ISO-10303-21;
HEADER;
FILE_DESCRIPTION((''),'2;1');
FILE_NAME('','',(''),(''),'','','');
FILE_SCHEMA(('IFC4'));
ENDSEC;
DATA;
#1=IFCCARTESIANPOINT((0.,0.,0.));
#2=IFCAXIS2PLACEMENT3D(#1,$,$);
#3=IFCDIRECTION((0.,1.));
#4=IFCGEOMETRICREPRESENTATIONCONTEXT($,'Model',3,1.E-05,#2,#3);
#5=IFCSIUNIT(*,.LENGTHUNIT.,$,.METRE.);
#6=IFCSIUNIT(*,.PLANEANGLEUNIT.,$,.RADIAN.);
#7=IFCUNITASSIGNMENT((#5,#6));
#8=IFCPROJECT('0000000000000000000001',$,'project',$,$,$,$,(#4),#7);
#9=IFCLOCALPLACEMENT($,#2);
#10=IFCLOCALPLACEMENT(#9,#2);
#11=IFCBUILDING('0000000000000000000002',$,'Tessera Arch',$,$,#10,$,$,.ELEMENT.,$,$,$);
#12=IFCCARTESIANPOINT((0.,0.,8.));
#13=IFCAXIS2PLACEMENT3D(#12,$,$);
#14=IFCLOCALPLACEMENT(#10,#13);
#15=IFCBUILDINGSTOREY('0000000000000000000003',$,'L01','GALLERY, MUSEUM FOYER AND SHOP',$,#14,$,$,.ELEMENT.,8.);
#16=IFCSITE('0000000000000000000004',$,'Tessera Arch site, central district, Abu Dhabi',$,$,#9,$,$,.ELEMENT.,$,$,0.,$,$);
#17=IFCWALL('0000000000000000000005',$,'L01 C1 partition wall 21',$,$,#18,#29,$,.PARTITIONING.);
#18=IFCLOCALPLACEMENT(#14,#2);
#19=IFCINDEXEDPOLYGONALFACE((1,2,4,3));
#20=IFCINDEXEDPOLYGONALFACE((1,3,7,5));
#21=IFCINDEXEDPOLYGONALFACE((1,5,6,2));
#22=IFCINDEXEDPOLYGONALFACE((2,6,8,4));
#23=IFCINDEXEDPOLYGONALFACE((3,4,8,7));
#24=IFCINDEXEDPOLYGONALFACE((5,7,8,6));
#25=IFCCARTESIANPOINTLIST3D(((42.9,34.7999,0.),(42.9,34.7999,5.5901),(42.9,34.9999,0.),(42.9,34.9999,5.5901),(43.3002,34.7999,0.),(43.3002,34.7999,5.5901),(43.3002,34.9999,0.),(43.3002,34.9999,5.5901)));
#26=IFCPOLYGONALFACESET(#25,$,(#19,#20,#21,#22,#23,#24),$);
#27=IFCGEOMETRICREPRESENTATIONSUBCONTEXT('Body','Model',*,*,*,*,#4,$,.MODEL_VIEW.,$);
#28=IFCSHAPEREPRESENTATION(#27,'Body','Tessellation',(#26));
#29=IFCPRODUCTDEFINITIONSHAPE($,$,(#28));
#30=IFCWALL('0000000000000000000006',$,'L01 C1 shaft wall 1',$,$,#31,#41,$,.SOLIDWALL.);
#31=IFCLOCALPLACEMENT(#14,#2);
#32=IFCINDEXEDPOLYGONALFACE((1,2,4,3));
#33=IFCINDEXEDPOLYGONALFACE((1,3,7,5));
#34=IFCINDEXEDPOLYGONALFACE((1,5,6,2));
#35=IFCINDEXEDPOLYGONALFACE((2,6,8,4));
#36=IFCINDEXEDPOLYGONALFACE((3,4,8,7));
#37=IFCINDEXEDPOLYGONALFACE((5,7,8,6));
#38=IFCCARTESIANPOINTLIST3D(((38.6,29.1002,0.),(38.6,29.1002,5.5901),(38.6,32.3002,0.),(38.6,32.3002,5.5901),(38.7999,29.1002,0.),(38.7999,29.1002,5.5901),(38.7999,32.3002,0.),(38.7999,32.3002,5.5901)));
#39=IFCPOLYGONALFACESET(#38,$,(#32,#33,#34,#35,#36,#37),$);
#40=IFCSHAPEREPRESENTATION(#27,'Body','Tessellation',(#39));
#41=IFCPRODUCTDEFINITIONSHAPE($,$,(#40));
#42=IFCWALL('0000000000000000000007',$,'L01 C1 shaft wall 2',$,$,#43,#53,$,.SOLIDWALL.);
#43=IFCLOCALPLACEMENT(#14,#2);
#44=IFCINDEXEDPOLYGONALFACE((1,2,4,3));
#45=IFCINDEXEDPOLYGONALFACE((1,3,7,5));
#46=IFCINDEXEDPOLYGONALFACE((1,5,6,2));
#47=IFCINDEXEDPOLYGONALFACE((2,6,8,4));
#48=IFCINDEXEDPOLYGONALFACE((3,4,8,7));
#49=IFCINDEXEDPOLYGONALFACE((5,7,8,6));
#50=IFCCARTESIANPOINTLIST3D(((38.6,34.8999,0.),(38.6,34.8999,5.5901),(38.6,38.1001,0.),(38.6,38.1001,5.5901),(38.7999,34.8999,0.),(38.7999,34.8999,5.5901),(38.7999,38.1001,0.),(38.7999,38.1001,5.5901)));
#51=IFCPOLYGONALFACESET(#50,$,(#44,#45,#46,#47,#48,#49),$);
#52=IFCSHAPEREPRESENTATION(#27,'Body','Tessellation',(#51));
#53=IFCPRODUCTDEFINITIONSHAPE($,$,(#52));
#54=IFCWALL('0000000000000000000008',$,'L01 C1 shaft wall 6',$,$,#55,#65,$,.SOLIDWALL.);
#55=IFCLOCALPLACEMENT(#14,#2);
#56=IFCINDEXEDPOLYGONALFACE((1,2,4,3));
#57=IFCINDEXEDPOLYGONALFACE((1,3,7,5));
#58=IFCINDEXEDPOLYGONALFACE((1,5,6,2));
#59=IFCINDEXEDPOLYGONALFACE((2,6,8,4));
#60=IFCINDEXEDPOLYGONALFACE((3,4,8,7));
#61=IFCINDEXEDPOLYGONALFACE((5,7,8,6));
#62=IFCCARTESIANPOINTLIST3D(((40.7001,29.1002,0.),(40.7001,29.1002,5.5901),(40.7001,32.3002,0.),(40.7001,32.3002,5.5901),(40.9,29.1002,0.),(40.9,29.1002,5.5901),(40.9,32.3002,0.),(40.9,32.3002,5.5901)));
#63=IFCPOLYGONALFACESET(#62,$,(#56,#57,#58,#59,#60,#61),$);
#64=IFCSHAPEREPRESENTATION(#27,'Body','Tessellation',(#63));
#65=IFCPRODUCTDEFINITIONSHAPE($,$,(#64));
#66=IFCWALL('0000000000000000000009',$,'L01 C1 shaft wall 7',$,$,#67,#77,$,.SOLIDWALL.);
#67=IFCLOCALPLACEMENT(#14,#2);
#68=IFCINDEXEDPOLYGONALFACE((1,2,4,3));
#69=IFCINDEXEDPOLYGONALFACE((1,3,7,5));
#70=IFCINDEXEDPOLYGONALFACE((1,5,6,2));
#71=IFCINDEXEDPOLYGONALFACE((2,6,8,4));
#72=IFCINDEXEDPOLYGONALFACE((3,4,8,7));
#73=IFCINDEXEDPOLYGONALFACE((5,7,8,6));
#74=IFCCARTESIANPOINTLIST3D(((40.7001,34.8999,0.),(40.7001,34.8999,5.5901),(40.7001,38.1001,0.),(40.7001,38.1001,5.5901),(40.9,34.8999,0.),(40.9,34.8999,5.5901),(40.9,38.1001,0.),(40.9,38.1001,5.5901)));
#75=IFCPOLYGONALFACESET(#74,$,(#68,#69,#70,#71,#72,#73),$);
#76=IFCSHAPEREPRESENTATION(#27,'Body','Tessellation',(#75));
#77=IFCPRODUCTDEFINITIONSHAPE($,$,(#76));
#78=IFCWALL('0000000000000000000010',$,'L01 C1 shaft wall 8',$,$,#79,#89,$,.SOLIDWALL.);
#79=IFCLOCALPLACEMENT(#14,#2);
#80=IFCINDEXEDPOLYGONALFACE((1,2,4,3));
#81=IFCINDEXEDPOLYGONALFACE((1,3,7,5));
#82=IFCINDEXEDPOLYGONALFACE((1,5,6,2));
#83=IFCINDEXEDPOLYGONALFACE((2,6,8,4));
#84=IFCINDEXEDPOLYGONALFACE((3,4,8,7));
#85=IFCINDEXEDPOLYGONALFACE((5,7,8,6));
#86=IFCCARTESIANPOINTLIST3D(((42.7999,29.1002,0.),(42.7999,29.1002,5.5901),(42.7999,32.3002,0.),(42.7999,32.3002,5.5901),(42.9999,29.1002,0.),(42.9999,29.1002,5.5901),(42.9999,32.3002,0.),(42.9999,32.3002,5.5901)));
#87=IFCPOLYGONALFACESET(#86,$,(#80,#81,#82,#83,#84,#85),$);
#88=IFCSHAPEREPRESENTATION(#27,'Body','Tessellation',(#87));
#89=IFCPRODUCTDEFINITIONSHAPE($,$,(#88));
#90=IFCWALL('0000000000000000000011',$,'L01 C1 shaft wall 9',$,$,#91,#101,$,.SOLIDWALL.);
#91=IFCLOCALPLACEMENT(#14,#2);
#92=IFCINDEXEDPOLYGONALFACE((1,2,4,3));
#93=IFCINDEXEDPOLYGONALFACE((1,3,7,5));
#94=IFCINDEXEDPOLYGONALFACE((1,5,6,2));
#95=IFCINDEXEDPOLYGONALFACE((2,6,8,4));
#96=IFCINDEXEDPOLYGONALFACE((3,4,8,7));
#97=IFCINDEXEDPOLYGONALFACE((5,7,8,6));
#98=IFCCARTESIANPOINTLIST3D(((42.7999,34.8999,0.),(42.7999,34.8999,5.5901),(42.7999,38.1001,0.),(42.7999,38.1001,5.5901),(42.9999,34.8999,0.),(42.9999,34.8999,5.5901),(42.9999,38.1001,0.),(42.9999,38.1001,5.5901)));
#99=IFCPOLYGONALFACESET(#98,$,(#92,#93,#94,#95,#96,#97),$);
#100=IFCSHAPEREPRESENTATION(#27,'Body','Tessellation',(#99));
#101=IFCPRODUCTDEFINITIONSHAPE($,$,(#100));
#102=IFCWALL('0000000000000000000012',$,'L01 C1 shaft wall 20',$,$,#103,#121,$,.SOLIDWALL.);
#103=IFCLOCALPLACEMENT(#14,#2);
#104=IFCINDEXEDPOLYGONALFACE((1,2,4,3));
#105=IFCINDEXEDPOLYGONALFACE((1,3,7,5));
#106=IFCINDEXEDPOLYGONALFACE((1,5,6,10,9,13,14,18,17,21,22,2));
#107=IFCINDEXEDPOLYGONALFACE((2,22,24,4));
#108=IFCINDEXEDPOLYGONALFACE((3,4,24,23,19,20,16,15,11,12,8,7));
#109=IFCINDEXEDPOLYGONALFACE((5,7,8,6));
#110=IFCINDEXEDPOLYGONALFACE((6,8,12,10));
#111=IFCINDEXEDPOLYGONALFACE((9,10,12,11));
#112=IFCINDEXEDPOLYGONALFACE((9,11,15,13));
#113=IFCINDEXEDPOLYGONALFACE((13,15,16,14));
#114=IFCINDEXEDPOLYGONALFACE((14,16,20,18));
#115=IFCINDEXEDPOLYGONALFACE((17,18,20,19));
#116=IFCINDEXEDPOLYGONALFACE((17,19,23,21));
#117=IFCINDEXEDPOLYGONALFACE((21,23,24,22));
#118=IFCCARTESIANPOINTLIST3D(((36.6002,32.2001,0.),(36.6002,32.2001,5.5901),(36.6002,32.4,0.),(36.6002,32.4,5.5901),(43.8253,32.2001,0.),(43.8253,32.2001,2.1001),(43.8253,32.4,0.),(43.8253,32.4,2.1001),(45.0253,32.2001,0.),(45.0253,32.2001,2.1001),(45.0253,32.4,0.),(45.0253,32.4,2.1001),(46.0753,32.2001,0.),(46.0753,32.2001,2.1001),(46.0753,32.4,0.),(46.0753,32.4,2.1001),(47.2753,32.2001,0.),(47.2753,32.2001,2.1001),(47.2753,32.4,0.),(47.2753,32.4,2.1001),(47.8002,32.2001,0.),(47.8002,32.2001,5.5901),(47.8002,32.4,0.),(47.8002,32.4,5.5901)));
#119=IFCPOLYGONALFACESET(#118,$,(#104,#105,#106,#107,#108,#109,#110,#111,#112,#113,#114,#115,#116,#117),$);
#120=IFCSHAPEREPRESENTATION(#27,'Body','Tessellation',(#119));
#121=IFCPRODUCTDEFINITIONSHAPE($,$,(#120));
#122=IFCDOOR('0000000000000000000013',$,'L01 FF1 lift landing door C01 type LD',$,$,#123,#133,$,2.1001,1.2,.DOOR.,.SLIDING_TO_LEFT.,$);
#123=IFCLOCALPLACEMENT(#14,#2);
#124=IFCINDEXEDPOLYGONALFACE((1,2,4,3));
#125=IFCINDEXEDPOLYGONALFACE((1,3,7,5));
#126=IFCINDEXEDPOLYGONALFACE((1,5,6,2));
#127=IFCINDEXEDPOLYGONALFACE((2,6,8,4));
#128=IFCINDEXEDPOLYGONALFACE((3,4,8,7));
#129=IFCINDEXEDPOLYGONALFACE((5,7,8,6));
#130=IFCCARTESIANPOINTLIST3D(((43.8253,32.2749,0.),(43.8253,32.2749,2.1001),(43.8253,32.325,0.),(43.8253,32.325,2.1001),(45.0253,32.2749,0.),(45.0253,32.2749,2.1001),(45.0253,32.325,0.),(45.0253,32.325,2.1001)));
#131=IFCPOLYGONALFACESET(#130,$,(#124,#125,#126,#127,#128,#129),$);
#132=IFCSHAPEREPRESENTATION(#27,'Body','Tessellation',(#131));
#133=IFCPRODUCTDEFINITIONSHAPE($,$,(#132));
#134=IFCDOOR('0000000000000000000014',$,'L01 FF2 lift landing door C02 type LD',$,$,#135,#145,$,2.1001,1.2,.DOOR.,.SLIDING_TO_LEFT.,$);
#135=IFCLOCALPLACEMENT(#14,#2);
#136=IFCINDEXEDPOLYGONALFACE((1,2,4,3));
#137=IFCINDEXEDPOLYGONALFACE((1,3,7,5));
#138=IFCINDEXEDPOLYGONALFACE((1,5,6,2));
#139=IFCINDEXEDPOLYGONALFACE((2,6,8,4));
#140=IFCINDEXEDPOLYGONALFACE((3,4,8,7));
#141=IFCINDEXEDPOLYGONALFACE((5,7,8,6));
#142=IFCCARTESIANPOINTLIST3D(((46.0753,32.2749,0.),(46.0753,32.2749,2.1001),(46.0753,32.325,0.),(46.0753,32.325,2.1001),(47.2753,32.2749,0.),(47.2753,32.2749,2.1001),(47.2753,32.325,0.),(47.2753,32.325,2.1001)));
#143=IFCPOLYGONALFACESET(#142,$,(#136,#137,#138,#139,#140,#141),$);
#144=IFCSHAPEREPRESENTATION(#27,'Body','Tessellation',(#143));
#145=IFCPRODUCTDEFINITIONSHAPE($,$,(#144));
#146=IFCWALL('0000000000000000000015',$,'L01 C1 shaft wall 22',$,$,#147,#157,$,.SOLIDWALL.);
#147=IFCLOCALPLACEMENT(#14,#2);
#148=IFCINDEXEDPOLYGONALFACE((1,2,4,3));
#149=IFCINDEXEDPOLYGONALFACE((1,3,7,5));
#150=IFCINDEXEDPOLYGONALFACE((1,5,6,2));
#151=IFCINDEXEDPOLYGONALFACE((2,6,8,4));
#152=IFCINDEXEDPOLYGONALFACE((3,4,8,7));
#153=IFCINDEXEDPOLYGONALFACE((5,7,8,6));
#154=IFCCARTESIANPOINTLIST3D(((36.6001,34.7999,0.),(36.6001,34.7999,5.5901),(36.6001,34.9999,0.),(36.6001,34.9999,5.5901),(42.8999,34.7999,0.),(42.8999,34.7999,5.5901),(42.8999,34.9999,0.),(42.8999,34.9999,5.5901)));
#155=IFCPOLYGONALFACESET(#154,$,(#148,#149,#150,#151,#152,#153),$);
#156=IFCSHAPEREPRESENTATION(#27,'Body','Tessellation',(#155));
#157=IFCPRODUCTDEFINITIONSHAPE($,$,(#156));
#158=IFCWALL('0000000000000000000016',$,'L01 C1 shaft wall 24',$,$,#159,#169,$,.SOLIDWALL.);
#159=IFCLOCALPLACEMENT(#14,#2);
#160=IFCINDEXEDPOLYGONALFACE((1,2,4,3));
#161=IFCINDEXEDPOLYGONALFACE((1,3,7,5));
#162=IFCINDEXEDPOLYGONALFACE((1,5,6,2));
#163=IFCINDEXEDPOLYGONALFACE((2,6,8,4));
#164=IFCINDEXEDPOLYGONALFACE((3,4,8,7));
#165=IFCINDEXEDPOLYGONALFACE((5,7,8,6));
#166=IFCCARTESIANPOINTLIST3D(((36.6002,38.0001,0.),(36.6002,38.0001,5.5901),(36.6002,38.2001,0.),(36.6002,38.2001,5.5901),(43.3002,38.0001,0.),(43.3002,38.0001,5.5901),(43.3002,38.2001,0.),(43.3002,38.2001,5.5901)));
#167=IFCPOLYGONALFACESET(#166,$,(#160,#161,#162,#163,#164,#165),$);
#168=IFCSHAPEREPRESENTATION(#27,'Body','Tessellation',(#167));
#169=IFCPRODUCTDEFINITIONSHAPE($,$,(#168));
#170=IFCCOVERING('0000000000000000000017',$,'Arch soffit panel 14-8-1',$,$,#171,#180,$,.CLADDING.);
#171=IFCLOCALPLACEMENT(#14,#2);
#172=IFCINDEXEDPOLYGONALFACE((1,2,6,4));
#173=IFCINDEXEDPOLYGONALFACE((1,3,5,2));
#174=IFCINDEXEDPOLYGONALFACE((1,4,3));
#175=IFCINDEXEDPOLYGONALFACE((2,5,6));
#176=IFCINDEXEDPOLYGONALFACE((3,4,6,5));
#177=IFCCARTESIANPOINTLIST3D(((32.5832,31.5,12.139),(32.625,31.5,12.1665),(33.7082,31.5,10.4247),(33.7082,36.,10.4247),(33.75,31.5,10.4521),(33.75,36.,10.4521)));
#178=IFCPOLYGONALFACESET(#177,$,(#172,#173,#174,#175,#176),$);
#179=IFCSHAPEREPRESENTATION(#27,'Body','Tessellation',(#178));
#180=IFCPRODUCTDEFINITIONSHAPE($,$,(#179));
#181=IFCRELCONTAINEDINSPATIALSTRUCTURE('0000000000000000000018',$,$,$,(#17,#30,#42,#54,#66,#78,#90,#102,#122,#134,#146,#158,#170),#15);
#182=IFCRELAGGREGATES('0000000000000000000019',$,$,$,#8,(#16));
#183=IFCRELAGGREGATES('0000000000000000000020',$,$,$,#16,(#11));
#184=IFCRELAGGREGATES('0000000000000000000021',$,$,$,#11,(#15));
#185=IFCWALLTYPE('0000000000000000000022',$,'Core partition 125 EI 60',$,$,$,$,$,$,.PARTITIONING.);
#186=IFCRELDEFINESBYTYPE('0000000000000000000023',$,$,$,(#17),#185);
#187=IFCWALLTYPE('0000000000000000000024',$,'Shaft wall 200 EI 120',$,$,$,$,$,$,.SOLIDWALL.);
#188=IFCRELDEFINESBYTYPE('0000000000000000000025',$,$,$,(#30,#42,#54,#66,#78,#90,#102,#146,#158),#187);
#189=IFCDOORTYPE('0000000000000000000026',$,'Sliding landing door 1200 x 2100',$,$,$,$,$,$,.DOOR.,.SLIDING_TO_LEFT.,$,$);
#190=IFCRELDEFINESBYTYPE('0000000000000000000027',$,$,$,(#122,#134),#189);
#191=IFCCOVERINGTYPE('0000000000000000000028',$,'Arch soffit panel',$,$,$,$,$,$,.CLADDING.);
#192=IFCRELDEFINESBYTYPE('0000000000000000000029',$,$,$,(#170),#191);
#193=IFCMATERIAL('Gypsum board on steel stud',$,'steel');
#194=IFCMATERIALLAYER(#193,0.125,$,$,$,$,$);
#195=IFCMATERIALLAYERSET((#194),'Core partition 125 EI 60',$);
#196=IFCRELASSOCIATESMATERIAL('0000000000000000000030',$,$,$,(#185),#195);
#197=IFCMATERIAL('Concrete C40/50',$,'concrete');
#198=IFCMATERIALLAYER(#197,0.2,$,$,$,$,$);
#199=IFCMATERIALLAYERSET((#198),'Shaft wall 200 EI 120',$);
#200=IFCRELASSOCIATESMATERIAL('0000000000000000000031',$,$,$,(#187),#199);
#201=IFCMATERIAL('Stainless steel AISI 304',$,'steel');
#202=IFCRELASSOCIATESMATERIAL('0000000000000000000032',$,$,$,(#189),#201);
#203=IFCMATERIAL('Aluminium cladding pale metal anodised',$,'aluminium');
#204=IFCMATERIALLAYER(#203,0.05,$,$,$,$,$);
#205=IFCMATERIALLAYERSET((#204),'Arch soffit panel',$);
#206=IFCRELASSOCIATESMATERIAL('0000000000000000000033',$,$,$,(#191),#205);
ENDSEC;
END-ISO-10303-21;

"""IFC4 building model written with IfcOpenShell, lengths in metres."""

from ifc_helpers import new_model, si_unit, direction, frame, frame_2d, origin, place, context, subcontext, project, spatial, polyline, rectangle, outline, extrude, material, layer, layer_set, type_object, element, fill, save


model = new_model("IFC4")

# Units and contexts
model_context = context("Model", 3, precision=1e-05, world=origin(), true_north=direction((0.0, 1.0)))
body_context = subcontext(model_context, "Body", "Model", "MODEL_VIEW")
ifc_project = project(units=[si_unit("LENGTHUNIT", "METRE"), si_unit("PLANEANGLEUNIT", "RADIAN")], contexts=[model_context])

# Site, building, storey
site_placement = place(None, origin())
site = spatial("IfcSite", under=ifc_project, at=site_placement, Name="Tessera Arch site, central district, Abu Dhabi", CompositionType="ELEMENT", RefElevation=0.0)
building_placement = place(site_placement, origin())
building = spatial("IfcBuilding", under=site, at=building_placement, Name="Tessera Arch", CompositionType="ELEMENT")
storey_placement = place(building_placement, frame((0.0, 0.0, 8.0)))
storey = spatial("IfcBuildingStorey", under=building, at=storey_placement, Name="L01", Description="GALLERY, MUSEUM FOYER AND SHOP", CompositionType="ELEMENT", Elevation=8.0)

# Walls
ifc_material_1 = material(Name="Gypsum board on steel stud", Category="steel")
ifc_layer_1 = layer(ifc_material_1, 0.125)
ifc_layer_set_1 = layer_set([ifc_layer_1], Name="Core partition 125 EI 60")
wall_type_1 = type_object("IfcWallType", Name="Core partition 125 EI 60", PredefinedType="PARTITIONING", material=ifc_layer_set_1)
wall_1_placement = place(storey_placement, frame((42.8999, 34.8999, 0.0), z_axis=(0.0, 0.0, 1.0), x_axis=(1.0, 0.0, 0.0)))
element("IfcWall", 1, at=wall_1_placement, inside=storey, type_object=wall_type_1, Name="L01 C1 partition wall 21", PredefinedType="PARTITIONING", context=body_context, shape_type="SweptSolid", body=[
    extrude(rectangle(XDim=0.4001, YDim=0.2, at=frame_2d((0.2002, 0.0))), origin(), (0.0, 0.0, 1.0), 5.5901),
])
ifc_material_2 = material(Name="Concrete C40/50", Category="concrete")
ifc_layer_2 = layer(ifc_material_2, 0.2)
ifc_layer_set_2 = layer_set([ifc_layer_2], Name="Shaft wall 200 EI 120")
wall_type_2 = type_object("IfcWallType", Name="Shaft wall 200 EI 120", PredefinedType="SOLIDWALL", material=ifc_layer_set_2)
wall_2_placement = place(storey_placement, frame((38.7, 29.1001, 0.0), z_axis=(0.0, 0.0, 1.0), x_axis=(0.0, 1.0, 0.0)))
element("IfcWall", 2, at=wall_2_placement, inside=storey, type_object=wall_type_2, Name="L01 C1 shaft wall 1", PredefinedType="SOLIDWALL", context=body_context, shape_type="SweptSolid", body=[
    extrude(rectangle(XDim=3.2, YDim=0.2, at=frame_2d((1.6001, 0.0))), origin(), (0.0, 0.0, 1.0), 5.5901),
])
wall_3_placement = place(storey_placement, frame((38.7, 34.8999, 0.0), z_axis=(0.0, 0.0, 1.0), x_axis=(0.0, 1.0, 0.0)))
element("IfcWall", 3, at=wall_3_placement, inside=storey, type_object=wall_type_2, Name="L01 C1 shaft wall 2", PredefinedType="SOLIDWALL", context=body_context, shape_type="SweptSolid", body=[
    extrude(rectangle(XDim=3.2002, YDim=0.2, at=frame_2d((1.6001, 0.0))), origin(), (0.0, 0.0, 1.0), 5.5901),
])
wall_4_placement = place(storey_placement, frame((40.8, 29.1001, 0.0), z_axis=(0.0, 0.0, 1.0), x_axis=(0.0, 1.0, 0.0)))
element("IfcWall", 4, at=wall_4_placement, inside=storey, type_object=wall_type_2, Name="L01 C1 shaft wall 6", PredefinedType="SOLIDWALL", context=body_context, shape_type="SweptSolid", body=[
    extrude(rectangle(XDim=3.2, YDim=0.2, at=frame_2d((1.6001, 0.0))), origin(), (0.0, 0.0, 1.0), 5.5901),
])
wall_5_placement = place(storey_placement, frame((40.8, 34.8999, 0.0), z_axis=(0.0, 0.0, 1.0), x_axis=(0.0, 1.0, 0.0)))
element("IfcWall", 5, at=wall_5_placement, inside=storey, type_object=wall_type_2, Name="L01 C1 shaft wall 7", PredefinedType="SOLIDWALL", context=body_context, shape_type="SweptSolid", body=[
    extrude(rectangle(XDim=3.2002, YDim=0.2, at=frame_2d((1.6001, 0.0))), origin(), (0.0, 0.0, 1.0), 5.5901),
])
wall_6_placement = place(storey_placement, frame((42.8999, 29.1001, 0.0), z_axis=(0.0, 0.0, 1.0), x_axis=(0.0, 1.0, 0.0)))
element("IfcWall", 6, at=wall_6_placement, inside=storey, type_object=wall_type_2, Name="L01 C1 shaft wall 8", PredefinedType="SOLIDWALL", context=body_context, shape_type="SweptSolid", body=[
    extrude(rectangle(XDim=3.2, YDim=0.2, at=frame_2d((1.6001, 0.0))), origin(), (0.0, 0.0, 1.0), 5.5901),
])
wall_7_placement = place(storey_placement, frame((42.8999, 34.8999, 0.0), z_axis=(0.0, 0.0, 1.0), x_axis=(0.0, 1.0, 0.0)))
element("IfcWall", 7, at=wall_7_placement, inside=storey, type_object=wall_type_2, Name="L01 C1 shaft wall 9", PredefinedType="SOLIDWALL", context=body_context, shape_type="SweptSolid", body=[
    extrude(rectangle(XDim=3.2002, YDim=0.2, at=frame_2d((1.6001, 0.0))), origin(), (0.0, 0.0, 1.0), 5.5901),
])

# Wall, openings, doors
wall_8_placement = place(storey_placement, frame((36.6001, 32.3, 0.0), z_axis=(0.0, 0.0, 1.0), x_axis=(1.0, 0.0, 0.0)))
wall_8 = element("IfcWall", 8, at=wall_8_placement, inside=storey, type_object=wall_type_2, Name="L01 C1 shaft wall 20", PredefinedType="SOLIDWALL", context=body_context, shape_type="SweptSolid", body=[
    extrude(rectangle(XDim=11.2, YDim=0.2, at=frame_2d((5.6001, 0.0))), origin(), (0.0, 0.0, 1.0), 5.5901),
])
opening_1_placement = place(wall_8_placement, frame((7.2251, 0.0, 0.0)))
opening_1 = element("IfcOpeningElement", 9, at=opening_1_placement, cuts=wall_8, PredefinedType="OPENING", context=body_context, shape_type="SweptSolid", body=[
    extrude(rectangle(XDim=1.2, YDim=2.1001, at=frame_2d((0.6001, 1.05))), frame((0.0, 0.1099, 0.0), z_axis=(0.0, -1.0, 0.0), x_axis=(1.0, 0.0, 0.0)), (0.0, 0.0, 1.0), 0.22),
])
opening_2_placement = place(wall_8_placement, frame((9.4751, 0.0, 0.0)))
opening_2 = element("IfcOpeningElement", 10, at=opening_2_placement, cuts=wall_8, PredefinedType="OPENING", context=body_context, shape_type="SweptSolid", body=[
    extrude(rectangle(XDim=1.2, YDim=2.1001, at=frame_2d((0.6001, 1.05))), frame((0.0, 0.1099, 0.0), z_axis=(0.0, -1.0, 0.0), x_axis=(1.0, 0.0, 0.0)), (0.0, 0.0, 1.0), 0.22),
])
ifc_material_3 = material(Name="Stainless steel AISI 304", Category="steel")
door_type = type_object("IfcDoorType", Name="Sliding landing door 1200 x 2100", OperationType="SLIDING_TO_LEFT", PredefinedType="DOOR", material=ifc_material_3)
door_1_placement = place(opening_1_placement, origin())
door_1 = element("IfcDoor", 11, at=door_1_placement, inside=storey, type_object=door_type, Name="L01 FF1 lift landing door C01 type LD", OperationType="SLIDING_TO_LEFT", OverallHeight=2.1001, OverallWidth=1.2, PredefinedType="DOOR", context=body_context, shape_type="SweptSolid", body=[
    extrude(rectangle(XDim=1.2, YDim=2.1001, at=frame_2d((0.6001, 1.05))), frame((0.0, 0.0249, 0.0), z_axis=(0.0, -1.0, 0.0), x_axis=(1.0, 0.0, 0.0)), (0.0, 0.0, 1.0), 0.05),
])
fill(opening_1, door_1)
door_2_placement = place(opening_2_placement, origin())
door_2 = element("IfcDoor", 12, at=door_2_placement, inside=storey, type_object=door_type, Name="L01 FF2 lift landing door C02 type LD", OperationType="SLIDING_TO_LEFT", OverallHeight=2.1001, OverallWidth=1.2, PredefinedType="DOOR", context=body_context, shape_type="SweptSolid", body=[
    extrude(rectangle(XDim=1.2, YDim=2.1001, at=frame_2d((0.6001, 1.05))), frame((0.0, 0.0249, 0.0), z_axis=(0.0, -1.0, 0.0), x_axis=(1.0, 0.0, 0.0)), (0.0, 0.0, 1.0), 0.05),
])
fill(opening_2, door_2)

# Walls
wall_9_placement = place(storey_placement, frame((36.6001, 34.8999, 0.0), z_axis=(0.0, 0.0, 1.0), x_axis=(1.0, 0.0, 0.0)))
element("IfcWall", 13, at=wall_9_placement, inside=storey, type_object=wall_type_2, Name="L01 C1 shaft wall 22", PredefinedType="SOLIDWALL", context=body_context, shape_type="SweptSolid", body=[
    extrude(rectangle(XDim=6.2998, YDim=0.2, at=frame_2d((3.1499, 0.0))), origin(), (0.0, 0.0, 1.0), 5.5901),
])
wall_10_placement = place(storey_placement, frame((36.6001, 38.1001, 0.0), z_axis=(0.0, 0.0, 1.0), x_axis=(1.0, 0.0, 0.0)))
element("IfcWall", 14, at=wall_10_placement, inside=storey, type_object=wall_type_2, Name="L01 C1 shaft wall 24", PredefinedType="SOLIDWALL", context=body_context, shape_type="SweptSolid", body=[
    extrude(rectangle(XDim=6.7, YDim=0.2, at=frame_2d((3.3501, 0.0))), origin(), (0.0, 0.0, 1.0), 5.5901),
])

# Covering
ifc_material_4 = material(Name="Aluminium cladding pale metal anodised", Category="aluminium")
ifc_layer_3 = layer(ifc_material_4, 0.05)
ifc_layer_set_3 = layer_set([ifc_layer_3], Name="Arch soffit panel")
covering_type = type_object("IfcCoveringType", Name="Arch soffit panel", PredefinedType="CLADDING", material=ifc_layer_set_3)
covering_1_placement = place(storey_placement, frame((32.625, 31.5, 12.1665), z_axis=(0.836058, 0.0, 0.548641), x_axis=(0.548641, 0.0, -0.836058)))
element("IfcCovering", 15, at=covering_1_placement, inside=storey, type_object=covering_type, Name="Arch soffit panel 14-8-1", PredefinedType="CLADDING", context=body_context, shape_type="SweptSolid", body=[
    extrude(outline(polyline([(0.0, 0.0), (2.0505, 0.0), (2.0505, 4.5), (0.0, 0.0)])), origin(), (0.0, 0.0, -1.0), 0.05),
])

save(model, "model.ifc")
